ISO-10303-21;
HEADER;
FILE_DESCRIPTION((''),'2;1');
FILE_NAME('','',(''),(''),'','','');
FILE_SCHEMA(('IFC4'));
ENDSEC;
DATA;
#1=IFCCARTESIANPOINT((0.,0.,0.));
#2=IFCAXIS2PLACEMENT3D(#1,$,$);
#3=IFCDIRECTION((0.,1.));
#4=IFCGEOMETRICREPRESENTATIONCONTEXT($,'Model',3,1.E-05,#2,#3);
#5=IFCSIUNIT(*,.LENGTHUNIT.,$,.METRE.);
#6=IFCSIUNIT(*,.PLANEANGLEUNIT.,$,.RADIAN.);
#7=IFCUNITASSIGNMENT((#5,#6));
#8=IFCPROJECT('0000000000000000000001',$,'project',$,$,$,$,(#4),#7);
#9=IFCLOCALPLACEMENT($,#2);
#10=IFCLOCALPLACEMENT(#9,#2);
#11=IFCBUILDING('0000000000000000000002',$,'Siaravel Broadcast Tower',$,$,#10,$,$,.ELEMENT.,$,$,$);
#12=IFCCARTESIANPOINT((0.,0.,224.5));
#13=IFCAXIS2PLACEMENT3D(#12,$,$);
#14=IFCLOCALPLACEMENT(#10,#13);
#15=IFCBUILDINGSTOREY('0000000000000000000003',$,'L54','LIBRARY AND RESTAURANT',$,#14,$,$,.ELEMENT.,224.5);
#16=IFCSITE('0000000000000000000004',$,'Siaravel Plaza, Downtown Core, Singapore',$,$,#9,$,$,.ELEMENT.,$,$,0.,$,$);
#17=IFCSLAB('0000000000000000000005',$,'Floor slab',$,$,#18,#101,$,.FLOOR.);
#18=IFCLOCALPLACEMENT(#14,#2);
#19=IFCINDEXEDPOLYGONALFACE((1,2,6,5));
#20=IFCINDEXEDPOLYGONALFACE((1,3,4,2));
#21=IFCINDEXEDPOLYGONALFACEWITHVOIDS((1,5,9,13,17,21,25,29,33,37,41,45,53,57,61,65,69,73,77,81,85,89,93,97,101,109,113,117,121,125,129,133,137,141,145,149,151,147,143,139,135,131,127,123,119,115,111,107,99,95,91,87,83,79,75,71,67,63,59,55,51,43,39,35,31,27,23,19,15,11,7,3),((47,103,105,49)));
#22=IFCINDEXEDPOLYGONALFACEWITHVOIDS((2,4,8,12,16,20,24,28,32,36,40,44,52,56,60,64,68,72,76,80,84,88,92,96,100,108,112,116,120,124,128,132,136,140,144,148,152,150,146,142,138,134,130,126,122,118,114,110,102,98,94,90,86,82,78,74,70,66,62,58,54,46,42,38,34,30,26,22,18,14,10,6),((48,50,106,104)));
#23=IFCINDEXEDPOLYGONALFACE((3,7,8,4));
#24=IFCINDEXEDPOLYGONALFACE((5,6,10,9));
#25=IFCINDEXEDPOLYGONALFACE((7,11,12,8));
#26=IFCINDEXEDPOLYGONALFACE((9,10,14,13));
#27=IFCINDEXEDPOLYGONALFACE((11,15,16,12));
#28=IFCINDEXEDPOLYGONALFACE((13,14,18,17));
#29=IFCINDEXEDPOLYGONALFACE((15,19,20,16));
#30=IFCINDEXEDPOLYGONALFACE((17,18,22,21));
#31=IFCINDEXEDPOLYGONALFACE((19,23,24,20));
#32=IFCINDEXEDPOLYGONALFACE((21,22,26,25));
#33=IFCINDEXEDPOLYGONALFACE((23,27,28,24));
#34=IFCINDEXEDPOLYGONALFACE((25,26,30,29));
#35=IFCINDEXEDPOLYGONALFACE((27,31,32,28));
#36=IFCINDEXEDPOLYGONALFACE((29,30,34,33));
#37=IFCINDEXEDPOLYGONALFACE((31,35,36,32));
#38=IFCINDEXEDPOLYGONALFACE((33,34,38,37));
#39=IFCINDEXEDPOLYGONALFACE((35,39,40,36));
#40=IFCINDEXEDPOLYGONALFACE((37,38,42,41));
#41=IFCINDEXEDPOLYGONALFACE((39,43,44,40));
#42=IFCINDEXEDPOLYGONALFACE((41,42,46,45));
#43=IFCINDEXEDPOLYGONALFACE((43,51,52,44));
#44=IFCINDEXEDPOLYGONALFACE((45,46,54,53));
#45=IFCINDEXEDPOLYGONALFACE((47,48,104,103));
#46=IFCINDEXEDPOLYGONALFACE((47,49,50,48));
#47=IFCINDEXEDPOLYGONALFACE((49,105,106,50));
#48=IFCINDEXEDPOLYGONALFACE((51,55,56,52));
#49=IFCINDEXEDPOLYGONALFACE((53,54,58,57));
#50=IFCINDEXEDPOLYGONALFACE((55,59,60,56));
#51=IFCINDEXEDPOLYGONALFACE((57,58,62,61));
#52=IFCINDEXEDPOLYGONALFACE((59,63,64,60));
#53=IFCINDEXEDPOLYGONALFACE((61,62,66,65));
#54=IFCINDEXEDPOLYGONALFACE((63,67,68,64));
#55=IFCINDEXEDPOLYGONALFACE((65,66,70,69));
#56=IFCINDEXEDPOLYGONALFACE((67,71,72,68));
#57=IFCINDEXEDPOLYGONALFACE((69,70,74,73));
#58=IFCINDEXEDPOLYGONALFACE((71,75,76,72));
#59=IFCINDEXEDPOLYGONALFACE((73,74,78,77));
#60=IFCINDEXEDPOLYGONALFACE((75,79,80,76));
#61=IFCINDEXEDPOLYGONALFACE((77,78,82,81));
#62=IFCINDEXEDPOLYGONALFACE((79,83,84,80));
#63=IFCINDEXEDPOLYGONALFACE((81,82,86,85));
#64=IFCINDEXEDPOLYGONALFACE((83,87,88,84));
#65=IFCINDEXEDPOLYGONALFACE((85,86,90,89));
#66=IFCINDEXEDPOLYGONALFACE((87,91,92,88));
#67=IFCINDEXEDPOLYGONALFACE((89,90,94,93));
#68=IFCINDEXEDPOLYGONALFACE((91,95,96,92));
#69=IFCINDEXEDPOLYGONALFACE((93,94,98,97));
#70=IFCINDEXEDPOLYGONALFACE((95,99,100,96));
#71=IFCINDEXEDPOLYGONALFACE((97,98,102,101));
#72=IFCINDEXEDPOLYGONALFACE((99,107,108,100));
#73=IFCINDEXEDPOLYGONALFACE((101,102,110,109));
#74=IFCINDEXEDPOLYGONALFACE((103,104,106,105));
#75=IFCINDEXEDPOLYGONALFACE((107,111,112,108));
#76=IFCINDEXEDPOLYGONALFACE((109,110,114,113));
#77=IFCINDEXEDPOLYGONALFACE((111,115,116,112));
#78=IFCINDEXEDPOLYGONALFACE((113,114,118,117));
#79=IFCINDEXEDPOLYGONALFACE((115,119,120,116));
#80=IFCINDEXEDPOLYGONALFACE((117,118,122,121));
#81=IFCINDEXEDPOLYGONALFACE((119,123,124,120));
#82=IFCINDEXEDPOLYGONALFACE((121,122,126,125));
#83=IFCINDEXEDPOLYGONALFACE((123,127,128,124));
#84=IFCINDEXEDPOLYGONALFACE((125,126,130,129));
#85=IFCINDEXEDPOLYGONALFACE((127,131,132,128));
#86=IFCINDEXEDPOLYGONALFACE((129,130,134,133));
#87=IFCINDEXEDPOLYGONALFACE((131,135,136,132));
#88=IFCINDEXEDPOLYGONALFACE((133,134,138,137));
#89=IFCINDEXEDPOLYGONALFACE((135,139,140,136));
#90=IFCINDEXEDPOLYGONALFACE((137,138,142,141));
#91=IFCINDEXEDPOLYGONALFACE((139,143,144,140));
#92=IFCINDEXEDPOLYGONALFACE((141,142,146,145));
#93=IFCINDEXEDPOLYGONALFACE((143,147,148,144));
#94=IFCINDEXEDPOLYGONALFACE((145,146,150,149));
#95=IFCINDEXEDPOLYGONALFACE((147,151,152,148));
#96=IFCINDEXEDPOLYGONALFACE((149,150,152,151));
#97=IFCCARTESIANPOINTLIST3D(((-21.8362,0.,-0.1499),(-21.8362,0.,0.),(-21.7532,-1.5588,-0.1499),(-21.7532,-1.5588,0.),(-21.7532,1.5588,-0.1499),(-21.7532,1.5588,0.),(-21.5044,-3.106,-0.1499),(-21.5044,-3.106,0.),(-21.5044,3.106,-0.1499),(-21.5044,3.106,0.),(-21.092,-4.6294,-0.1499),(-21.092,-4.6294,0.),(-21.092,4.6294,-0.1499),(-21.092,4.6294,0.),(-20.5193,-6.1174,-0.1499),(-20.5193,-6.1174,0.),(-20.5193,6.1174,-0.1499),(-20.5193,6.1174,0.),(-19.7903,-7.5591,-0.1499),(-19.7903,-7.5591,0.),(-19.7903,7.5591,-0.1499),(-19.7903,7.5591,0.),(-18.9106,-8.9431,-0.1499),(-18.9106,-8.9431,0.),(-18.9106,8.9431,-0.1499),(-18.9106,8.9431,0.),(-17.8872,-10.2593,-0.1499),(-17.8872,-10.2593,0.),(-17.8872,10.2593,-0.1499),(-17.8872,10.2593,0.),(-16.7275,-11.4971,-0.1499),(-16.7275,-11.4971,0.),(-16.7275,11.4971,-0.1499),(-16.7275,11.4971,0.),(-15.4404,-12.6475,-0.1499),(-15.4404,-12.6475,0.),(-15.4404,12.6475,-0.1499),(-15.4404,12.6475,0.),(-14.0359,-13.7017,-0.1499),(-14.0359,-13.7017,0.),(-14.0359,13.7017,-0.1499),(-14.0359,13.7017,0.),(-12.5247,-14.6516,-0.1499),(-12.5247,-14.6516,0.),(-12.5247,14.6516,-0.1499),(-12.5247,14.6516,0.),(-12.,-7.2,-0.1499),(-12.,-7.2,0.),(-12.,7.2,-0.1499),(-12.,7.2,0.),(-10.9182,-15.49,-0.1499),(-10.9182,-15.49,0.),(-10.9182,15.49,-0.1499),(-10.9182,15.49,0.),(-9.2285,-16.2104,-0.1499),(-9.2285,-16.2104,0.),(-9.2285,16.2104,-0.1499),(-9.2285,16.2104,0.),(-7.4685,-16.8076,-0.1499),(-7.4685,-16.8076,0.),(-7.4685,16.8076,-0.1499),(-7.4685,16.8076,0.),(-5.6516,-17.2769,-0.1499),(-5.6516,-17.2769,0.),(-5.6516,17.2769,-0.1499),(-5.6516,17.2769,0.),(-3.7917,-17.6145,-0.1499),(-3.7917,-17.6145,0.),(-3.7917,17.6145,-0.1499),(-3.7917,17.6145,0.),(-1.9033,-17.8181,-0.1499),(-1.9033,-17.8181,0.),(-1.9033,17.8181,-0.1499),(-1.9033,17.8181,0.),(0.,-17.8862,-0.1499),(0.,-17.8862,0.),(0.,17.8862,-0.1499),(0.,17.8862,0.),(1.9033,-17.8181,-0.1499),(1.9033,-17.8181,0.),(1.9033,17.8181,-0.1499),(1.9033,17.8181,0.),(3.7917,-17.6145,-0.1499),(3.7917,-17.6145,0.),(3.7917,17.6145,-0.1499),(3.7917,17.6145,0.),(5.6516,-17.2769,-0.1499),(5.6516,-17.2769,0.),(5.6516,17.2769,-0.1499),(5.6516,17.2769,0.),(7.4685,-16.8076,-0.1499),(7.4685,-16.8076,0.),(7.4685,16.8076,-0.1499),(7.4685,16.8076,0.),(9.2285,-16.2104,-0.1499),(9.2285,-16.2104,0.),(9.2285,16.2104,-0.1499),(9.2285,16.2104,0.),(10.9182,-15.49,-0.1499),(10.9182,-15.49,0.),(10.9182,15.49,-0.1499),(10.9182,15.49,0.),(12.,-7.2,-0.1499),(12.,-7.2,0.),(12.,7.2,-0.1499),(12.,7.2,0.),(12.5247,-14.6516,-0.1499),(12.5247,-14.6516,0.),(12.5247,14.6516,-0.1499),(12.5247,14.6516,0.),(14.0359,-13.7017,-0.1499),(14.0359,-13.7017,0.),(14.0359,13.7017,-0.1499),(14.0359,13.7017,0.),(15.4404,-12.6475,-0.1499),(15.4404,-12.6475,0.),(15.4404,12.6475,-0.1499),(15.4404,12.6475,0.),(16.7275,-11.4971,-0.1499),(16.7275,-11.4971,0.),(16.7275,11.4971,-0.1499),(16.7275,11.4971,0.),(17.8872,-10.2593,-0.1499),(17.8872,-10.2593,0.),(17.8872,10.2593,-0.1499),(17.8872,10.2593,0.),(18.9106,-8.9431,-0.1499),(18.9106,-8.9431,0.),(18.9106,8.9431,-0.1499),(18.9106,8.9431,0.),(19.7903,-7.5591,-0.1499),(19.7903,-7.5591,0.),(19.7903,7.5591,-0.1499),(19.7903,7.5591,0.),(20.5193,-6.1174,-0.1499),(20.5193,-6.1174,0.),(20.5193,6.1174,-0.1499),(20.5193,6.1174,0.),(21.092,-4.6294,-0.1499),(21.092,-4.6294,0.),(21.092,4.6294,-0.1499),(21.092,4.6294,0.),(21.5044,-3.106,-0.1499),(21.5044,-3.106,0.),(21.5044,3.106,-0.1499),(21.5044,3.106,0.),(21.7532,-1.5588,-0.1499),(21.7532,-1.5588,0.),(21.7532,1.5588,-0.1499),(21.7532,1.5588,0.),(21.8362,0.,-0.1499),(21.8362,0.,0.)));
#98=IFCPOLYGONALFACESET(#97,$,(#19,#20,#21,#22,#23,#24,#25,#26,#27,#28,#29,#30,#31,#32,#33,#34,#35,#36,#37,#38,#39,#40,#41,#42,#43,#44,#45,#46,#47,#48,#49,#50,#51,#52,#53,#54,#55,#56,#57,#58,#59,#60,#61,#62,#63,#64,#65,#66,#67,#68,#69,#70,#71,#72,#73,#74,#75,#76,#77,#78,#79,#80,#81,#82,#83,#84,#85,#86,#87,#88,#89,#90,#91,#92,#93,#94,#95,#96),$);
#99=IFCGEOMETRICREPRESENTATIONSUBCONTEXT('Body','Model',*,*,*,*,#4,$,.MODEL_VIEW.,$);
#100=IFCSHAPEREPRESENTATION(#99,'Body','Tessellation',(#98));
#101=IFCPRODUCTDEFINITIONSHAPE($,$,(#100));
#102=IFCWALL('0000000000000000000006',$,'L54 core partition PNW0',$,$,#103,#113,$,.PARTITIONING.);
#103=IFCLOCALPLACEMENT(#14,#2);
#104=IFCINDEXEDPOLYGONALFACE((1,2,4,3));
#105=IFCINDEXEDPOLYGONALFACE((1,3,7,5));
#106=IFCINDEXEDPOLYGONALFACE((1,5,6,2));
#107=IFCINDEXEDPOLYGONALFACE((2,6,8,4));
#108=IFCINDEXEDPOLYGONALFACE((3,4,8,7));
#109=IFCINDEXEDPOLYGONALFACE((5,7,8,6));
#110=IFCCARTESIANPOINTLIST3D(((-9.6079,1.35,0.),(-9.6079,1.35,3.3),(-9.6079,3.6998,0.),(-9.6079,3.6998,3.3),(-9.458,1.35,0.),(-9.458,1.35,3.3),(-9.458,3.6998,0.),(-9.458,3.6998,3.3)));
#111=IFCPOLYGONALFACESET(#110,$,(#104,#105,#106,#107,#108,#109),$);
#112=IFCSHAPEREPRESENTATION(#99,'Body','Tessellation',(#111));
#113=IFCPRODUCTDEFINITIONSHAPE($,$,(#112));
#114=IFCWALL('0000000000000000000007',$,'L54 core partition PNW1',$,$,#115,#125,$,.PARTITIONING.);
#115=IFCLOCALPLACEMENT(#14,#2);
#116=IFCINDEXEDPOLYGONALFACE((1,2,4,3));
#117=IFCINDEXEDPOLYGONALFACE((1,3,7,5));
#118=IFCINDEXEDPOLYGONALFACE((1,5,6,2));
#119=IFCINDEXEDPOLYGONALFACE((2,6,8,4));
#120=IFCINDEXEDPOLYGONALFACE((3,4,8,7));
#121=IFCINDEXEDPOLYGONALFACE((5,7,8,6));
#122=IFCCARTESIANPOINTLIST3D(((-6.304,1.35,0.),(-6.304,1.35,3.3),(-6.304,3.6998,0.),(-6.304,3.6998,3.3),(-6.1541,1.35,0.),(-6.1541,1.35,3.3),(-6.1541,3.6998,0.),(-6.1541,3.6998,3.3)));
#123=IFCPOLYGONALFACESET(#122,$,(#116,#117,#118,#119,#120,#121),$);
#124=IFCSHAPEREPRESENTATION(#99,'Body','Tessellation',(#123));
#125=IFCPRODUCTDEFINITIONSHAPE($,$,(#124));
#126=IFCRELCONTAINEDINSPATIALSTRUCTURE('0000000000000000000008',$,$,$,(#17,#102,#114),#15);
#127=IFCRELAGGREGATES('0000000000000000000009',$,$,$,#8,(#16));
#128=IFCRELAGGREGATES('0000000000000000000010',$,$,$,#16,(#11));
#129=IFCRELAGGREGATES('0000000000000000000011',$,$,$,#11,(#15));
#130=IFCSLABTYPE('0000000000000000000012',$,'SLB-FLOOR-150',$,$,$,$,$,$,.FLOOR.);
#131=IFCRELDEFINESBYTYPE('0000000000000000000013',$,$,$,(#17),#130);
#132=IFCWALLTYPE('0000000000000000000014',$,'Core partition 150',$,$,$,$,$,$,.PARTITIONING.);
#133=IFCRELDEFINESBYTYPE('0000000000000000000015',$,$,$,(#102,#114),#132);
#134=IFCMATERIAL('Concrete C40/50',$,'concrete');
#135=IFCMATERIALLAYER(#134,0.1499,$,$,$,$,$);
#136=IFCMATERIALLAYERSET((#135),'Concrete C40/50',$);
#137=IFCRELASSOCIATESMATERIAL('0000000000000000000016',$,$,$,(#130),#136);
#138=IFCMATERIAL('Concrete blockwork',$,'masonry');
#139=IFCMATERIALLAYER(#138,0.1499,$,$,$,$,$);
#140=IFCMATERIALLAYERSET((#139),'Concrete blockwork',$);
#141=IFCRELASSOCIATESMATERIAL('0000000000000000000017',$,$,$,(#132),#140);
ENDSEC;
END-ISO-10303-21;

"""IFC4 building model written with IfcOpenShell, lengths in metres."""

from ifc_helpers import new_model, si_unit, direction, frame, frame_2d, origin, place, context, subcontext, project, spatial, polyline, rectangle, outline, extrude, material, layer, layer_set, type_object, element, save


model = new_model("IFC4")

# Units and contexts
model_context = context("Model", 3, precision=1e-05, world=origin(), true_north=direction((0.0, 1.0)))
body_context = subcontext(model_context, "Body", "Model", "MODEL_VIEW")
ifc_project = project(units=[si_unit("LENGTHUNIT", "METRE"), si_unit("PLANEANGLEUNIT", "RADIAN")], contexts=[model_context])

# Site, building, storey
site_placement = place(None, origin())
site = spatial("IfcSite", under=ifc_project, at=site_placement, Name="Siaravel Plaza, Downtown Core, Singapore", CompositionType="ELEMENT", RefElevation=0.0)
building_placement = place(site_placement, origin())
building = spatial("IfcBuilding", under=site, at=building_placement, Name="Siaravel Broadcast Tower", CompositionType="ELEMENT")
storey_placement = place(building_placement, frame((0.0, 0.0, 224.5)))
storey = spatial("IfcBuildingStorey", under=building, at=storey_placement, Name="L54", Description="LIBRARY AND RESTAURANT", CompositionType="ELEMENT", Elevation=224.5)

# Slab
ifc_material_1 = material(Name="Concrete C40/50", Category="concrete")
ifc_layer_1 = layer(ifc_material_1, 0.1499)
ifc_layer_set_1 = layer_set([ifc_layer_1], Name="Concrete C40/50")
slab_type = type_object("IfcSlabType", Name="SLB-FLOOR-150", PredefinedType="FLOOR", material=ifc_layer_set_1)
slab_placement = place(storey_placement, frame((0.0, 0.0, -0.1499)))
element("IfcSlab", 1, at=slab_placement, inside=storey, type_object=slab_type, Name="Floor slab", PredefinedType="FLOOR", context=body_context, shape_type="SweptSolid", body=[
    extrude(outline(polyline([(21.8362, 0.0), (21.7532, 1.5588), (21.5044, 3.106), (21.092, 4.6294), (20.5193, 6.1174), (19.7903, 7.5591), (18.9106, 8.9431), (17.8872, 10.2593), (16.7275, 11.4971), (15.4404, 12.6475), (14.0359, 13.7017), (12.5247, 14.6516), (10.9182, 15.49), (9.2285, 16.2104), (7.4685, 16.8076), (5.6516, 17.2769), (3.7917, 17.6145), (1.9033, 17.8181), (0.0, 17.8862), (-1.9033, 17.8181), (-3.7917, 17.6145), (-5.6516, 17.2769), (-7.4685, 16.8076), (-9.2285, 16.2104), (-10.9182, 15.49), (-12.5247, 14.6516), (-14.0359, 13.7017), (-15.4404, 12.6475), (-16.7275, 11.4971), (-17.8872, 10.2593), (-18.9106, 8.9431), (-19.7903, 7.5591), (-20.5193, 6.1174), (-21.092, 4.6294), (-21.5044, 3.106), (-21.7532, 1.5588), (-21.8362, 0.0), (-21.7532, -1.5588), (-21.5044, -3.106), (-21.092, -4.6294), (-20.5193, -6.1174), (-19.7903, -7.5591), (-18.9106, -8.9431), (-17.8872, -10.2593), (-16.7275, -11.4971), (-15.4404, -12.6475), (-14.0359, -13.7017), (-12.5247, -14.6516), (-10.9182, -15.49), (-9.2285, -16.2104), (-7.4685, -16.8076), (-5.6516, -17.2769), (-3.7917, -17.6145), (-1.9033, -17.8181), (0.0, -17.8862), (1.9033, -17.8181), (3.7917, -17.6145), (5.6516, -17.2769), (7.4685, -16.8076), (9.2285, -16.2104), (10.9182, -15.49), (12.5247, -14.6516), (14.0359, -13.7017), (15.4404, -12.6475), (16.7275, -11.4971), (17.8872, -10.2593), (18.9106, -8.9431), (19.7903, -7.5591), (20.5193, -6.1174), (21.092, -4.6294), (21.5044, -3.106), (21.7532, -1.5588), (21.8362, 0.0)]), holes=[polyline([(-12.0, 7.2), (12.0, 7.2), (12.0, -7.2), (-12.0, -7.2), (-12.0, 7.2)])]), origin(), (0.0, 0.0, 1.0), 0.1499),
])

# Walls
ifc_material_2 = material(Name="Concrete blockwork", Category="masonry")
ifc_layer_2 = layer(ifc_material_2, 0.1499)
ifc_layer_set_2 = layer_set([ifc_layer_2], Name="Concrete blockwork")
wall_type_1 = type_object("IfcWallType", Name="Core partition 150", PredefinedType="PARTITIONING", material=ifc_layer_set_2)
for number, where, z_axis, x_axis, name in (
    (2, (-9.533, 1.3501, 0.0), (0.0, 0.0, 1.0), (0.0, 1.0, 0.0), "L54 core partition PNW0"),
    (3, (-6.229, 1.3501, 0.0), (0.0, 0.0, 1.0), (0.0, 1.0, 0.0), "L54 core partition PNW1"),
):
    element("IfcWall", number, at=place(storey_placement, frame(where, z_axis=z_axis, x_axis=x_axis)), inside=storey, type_object=wall_type_1, Name=name, PredefinedType="PARTITIONING", context=body_context, shape_type="SweptSolid", body=[
        extrude(rectangle(XDim=2.3499, YDim=0.1499, at=frame_2d((1.1748, 0.0))), origin(), (0.0, 0.0, 1.0), 3.3),
    ])

save(model, "model.ifc")
